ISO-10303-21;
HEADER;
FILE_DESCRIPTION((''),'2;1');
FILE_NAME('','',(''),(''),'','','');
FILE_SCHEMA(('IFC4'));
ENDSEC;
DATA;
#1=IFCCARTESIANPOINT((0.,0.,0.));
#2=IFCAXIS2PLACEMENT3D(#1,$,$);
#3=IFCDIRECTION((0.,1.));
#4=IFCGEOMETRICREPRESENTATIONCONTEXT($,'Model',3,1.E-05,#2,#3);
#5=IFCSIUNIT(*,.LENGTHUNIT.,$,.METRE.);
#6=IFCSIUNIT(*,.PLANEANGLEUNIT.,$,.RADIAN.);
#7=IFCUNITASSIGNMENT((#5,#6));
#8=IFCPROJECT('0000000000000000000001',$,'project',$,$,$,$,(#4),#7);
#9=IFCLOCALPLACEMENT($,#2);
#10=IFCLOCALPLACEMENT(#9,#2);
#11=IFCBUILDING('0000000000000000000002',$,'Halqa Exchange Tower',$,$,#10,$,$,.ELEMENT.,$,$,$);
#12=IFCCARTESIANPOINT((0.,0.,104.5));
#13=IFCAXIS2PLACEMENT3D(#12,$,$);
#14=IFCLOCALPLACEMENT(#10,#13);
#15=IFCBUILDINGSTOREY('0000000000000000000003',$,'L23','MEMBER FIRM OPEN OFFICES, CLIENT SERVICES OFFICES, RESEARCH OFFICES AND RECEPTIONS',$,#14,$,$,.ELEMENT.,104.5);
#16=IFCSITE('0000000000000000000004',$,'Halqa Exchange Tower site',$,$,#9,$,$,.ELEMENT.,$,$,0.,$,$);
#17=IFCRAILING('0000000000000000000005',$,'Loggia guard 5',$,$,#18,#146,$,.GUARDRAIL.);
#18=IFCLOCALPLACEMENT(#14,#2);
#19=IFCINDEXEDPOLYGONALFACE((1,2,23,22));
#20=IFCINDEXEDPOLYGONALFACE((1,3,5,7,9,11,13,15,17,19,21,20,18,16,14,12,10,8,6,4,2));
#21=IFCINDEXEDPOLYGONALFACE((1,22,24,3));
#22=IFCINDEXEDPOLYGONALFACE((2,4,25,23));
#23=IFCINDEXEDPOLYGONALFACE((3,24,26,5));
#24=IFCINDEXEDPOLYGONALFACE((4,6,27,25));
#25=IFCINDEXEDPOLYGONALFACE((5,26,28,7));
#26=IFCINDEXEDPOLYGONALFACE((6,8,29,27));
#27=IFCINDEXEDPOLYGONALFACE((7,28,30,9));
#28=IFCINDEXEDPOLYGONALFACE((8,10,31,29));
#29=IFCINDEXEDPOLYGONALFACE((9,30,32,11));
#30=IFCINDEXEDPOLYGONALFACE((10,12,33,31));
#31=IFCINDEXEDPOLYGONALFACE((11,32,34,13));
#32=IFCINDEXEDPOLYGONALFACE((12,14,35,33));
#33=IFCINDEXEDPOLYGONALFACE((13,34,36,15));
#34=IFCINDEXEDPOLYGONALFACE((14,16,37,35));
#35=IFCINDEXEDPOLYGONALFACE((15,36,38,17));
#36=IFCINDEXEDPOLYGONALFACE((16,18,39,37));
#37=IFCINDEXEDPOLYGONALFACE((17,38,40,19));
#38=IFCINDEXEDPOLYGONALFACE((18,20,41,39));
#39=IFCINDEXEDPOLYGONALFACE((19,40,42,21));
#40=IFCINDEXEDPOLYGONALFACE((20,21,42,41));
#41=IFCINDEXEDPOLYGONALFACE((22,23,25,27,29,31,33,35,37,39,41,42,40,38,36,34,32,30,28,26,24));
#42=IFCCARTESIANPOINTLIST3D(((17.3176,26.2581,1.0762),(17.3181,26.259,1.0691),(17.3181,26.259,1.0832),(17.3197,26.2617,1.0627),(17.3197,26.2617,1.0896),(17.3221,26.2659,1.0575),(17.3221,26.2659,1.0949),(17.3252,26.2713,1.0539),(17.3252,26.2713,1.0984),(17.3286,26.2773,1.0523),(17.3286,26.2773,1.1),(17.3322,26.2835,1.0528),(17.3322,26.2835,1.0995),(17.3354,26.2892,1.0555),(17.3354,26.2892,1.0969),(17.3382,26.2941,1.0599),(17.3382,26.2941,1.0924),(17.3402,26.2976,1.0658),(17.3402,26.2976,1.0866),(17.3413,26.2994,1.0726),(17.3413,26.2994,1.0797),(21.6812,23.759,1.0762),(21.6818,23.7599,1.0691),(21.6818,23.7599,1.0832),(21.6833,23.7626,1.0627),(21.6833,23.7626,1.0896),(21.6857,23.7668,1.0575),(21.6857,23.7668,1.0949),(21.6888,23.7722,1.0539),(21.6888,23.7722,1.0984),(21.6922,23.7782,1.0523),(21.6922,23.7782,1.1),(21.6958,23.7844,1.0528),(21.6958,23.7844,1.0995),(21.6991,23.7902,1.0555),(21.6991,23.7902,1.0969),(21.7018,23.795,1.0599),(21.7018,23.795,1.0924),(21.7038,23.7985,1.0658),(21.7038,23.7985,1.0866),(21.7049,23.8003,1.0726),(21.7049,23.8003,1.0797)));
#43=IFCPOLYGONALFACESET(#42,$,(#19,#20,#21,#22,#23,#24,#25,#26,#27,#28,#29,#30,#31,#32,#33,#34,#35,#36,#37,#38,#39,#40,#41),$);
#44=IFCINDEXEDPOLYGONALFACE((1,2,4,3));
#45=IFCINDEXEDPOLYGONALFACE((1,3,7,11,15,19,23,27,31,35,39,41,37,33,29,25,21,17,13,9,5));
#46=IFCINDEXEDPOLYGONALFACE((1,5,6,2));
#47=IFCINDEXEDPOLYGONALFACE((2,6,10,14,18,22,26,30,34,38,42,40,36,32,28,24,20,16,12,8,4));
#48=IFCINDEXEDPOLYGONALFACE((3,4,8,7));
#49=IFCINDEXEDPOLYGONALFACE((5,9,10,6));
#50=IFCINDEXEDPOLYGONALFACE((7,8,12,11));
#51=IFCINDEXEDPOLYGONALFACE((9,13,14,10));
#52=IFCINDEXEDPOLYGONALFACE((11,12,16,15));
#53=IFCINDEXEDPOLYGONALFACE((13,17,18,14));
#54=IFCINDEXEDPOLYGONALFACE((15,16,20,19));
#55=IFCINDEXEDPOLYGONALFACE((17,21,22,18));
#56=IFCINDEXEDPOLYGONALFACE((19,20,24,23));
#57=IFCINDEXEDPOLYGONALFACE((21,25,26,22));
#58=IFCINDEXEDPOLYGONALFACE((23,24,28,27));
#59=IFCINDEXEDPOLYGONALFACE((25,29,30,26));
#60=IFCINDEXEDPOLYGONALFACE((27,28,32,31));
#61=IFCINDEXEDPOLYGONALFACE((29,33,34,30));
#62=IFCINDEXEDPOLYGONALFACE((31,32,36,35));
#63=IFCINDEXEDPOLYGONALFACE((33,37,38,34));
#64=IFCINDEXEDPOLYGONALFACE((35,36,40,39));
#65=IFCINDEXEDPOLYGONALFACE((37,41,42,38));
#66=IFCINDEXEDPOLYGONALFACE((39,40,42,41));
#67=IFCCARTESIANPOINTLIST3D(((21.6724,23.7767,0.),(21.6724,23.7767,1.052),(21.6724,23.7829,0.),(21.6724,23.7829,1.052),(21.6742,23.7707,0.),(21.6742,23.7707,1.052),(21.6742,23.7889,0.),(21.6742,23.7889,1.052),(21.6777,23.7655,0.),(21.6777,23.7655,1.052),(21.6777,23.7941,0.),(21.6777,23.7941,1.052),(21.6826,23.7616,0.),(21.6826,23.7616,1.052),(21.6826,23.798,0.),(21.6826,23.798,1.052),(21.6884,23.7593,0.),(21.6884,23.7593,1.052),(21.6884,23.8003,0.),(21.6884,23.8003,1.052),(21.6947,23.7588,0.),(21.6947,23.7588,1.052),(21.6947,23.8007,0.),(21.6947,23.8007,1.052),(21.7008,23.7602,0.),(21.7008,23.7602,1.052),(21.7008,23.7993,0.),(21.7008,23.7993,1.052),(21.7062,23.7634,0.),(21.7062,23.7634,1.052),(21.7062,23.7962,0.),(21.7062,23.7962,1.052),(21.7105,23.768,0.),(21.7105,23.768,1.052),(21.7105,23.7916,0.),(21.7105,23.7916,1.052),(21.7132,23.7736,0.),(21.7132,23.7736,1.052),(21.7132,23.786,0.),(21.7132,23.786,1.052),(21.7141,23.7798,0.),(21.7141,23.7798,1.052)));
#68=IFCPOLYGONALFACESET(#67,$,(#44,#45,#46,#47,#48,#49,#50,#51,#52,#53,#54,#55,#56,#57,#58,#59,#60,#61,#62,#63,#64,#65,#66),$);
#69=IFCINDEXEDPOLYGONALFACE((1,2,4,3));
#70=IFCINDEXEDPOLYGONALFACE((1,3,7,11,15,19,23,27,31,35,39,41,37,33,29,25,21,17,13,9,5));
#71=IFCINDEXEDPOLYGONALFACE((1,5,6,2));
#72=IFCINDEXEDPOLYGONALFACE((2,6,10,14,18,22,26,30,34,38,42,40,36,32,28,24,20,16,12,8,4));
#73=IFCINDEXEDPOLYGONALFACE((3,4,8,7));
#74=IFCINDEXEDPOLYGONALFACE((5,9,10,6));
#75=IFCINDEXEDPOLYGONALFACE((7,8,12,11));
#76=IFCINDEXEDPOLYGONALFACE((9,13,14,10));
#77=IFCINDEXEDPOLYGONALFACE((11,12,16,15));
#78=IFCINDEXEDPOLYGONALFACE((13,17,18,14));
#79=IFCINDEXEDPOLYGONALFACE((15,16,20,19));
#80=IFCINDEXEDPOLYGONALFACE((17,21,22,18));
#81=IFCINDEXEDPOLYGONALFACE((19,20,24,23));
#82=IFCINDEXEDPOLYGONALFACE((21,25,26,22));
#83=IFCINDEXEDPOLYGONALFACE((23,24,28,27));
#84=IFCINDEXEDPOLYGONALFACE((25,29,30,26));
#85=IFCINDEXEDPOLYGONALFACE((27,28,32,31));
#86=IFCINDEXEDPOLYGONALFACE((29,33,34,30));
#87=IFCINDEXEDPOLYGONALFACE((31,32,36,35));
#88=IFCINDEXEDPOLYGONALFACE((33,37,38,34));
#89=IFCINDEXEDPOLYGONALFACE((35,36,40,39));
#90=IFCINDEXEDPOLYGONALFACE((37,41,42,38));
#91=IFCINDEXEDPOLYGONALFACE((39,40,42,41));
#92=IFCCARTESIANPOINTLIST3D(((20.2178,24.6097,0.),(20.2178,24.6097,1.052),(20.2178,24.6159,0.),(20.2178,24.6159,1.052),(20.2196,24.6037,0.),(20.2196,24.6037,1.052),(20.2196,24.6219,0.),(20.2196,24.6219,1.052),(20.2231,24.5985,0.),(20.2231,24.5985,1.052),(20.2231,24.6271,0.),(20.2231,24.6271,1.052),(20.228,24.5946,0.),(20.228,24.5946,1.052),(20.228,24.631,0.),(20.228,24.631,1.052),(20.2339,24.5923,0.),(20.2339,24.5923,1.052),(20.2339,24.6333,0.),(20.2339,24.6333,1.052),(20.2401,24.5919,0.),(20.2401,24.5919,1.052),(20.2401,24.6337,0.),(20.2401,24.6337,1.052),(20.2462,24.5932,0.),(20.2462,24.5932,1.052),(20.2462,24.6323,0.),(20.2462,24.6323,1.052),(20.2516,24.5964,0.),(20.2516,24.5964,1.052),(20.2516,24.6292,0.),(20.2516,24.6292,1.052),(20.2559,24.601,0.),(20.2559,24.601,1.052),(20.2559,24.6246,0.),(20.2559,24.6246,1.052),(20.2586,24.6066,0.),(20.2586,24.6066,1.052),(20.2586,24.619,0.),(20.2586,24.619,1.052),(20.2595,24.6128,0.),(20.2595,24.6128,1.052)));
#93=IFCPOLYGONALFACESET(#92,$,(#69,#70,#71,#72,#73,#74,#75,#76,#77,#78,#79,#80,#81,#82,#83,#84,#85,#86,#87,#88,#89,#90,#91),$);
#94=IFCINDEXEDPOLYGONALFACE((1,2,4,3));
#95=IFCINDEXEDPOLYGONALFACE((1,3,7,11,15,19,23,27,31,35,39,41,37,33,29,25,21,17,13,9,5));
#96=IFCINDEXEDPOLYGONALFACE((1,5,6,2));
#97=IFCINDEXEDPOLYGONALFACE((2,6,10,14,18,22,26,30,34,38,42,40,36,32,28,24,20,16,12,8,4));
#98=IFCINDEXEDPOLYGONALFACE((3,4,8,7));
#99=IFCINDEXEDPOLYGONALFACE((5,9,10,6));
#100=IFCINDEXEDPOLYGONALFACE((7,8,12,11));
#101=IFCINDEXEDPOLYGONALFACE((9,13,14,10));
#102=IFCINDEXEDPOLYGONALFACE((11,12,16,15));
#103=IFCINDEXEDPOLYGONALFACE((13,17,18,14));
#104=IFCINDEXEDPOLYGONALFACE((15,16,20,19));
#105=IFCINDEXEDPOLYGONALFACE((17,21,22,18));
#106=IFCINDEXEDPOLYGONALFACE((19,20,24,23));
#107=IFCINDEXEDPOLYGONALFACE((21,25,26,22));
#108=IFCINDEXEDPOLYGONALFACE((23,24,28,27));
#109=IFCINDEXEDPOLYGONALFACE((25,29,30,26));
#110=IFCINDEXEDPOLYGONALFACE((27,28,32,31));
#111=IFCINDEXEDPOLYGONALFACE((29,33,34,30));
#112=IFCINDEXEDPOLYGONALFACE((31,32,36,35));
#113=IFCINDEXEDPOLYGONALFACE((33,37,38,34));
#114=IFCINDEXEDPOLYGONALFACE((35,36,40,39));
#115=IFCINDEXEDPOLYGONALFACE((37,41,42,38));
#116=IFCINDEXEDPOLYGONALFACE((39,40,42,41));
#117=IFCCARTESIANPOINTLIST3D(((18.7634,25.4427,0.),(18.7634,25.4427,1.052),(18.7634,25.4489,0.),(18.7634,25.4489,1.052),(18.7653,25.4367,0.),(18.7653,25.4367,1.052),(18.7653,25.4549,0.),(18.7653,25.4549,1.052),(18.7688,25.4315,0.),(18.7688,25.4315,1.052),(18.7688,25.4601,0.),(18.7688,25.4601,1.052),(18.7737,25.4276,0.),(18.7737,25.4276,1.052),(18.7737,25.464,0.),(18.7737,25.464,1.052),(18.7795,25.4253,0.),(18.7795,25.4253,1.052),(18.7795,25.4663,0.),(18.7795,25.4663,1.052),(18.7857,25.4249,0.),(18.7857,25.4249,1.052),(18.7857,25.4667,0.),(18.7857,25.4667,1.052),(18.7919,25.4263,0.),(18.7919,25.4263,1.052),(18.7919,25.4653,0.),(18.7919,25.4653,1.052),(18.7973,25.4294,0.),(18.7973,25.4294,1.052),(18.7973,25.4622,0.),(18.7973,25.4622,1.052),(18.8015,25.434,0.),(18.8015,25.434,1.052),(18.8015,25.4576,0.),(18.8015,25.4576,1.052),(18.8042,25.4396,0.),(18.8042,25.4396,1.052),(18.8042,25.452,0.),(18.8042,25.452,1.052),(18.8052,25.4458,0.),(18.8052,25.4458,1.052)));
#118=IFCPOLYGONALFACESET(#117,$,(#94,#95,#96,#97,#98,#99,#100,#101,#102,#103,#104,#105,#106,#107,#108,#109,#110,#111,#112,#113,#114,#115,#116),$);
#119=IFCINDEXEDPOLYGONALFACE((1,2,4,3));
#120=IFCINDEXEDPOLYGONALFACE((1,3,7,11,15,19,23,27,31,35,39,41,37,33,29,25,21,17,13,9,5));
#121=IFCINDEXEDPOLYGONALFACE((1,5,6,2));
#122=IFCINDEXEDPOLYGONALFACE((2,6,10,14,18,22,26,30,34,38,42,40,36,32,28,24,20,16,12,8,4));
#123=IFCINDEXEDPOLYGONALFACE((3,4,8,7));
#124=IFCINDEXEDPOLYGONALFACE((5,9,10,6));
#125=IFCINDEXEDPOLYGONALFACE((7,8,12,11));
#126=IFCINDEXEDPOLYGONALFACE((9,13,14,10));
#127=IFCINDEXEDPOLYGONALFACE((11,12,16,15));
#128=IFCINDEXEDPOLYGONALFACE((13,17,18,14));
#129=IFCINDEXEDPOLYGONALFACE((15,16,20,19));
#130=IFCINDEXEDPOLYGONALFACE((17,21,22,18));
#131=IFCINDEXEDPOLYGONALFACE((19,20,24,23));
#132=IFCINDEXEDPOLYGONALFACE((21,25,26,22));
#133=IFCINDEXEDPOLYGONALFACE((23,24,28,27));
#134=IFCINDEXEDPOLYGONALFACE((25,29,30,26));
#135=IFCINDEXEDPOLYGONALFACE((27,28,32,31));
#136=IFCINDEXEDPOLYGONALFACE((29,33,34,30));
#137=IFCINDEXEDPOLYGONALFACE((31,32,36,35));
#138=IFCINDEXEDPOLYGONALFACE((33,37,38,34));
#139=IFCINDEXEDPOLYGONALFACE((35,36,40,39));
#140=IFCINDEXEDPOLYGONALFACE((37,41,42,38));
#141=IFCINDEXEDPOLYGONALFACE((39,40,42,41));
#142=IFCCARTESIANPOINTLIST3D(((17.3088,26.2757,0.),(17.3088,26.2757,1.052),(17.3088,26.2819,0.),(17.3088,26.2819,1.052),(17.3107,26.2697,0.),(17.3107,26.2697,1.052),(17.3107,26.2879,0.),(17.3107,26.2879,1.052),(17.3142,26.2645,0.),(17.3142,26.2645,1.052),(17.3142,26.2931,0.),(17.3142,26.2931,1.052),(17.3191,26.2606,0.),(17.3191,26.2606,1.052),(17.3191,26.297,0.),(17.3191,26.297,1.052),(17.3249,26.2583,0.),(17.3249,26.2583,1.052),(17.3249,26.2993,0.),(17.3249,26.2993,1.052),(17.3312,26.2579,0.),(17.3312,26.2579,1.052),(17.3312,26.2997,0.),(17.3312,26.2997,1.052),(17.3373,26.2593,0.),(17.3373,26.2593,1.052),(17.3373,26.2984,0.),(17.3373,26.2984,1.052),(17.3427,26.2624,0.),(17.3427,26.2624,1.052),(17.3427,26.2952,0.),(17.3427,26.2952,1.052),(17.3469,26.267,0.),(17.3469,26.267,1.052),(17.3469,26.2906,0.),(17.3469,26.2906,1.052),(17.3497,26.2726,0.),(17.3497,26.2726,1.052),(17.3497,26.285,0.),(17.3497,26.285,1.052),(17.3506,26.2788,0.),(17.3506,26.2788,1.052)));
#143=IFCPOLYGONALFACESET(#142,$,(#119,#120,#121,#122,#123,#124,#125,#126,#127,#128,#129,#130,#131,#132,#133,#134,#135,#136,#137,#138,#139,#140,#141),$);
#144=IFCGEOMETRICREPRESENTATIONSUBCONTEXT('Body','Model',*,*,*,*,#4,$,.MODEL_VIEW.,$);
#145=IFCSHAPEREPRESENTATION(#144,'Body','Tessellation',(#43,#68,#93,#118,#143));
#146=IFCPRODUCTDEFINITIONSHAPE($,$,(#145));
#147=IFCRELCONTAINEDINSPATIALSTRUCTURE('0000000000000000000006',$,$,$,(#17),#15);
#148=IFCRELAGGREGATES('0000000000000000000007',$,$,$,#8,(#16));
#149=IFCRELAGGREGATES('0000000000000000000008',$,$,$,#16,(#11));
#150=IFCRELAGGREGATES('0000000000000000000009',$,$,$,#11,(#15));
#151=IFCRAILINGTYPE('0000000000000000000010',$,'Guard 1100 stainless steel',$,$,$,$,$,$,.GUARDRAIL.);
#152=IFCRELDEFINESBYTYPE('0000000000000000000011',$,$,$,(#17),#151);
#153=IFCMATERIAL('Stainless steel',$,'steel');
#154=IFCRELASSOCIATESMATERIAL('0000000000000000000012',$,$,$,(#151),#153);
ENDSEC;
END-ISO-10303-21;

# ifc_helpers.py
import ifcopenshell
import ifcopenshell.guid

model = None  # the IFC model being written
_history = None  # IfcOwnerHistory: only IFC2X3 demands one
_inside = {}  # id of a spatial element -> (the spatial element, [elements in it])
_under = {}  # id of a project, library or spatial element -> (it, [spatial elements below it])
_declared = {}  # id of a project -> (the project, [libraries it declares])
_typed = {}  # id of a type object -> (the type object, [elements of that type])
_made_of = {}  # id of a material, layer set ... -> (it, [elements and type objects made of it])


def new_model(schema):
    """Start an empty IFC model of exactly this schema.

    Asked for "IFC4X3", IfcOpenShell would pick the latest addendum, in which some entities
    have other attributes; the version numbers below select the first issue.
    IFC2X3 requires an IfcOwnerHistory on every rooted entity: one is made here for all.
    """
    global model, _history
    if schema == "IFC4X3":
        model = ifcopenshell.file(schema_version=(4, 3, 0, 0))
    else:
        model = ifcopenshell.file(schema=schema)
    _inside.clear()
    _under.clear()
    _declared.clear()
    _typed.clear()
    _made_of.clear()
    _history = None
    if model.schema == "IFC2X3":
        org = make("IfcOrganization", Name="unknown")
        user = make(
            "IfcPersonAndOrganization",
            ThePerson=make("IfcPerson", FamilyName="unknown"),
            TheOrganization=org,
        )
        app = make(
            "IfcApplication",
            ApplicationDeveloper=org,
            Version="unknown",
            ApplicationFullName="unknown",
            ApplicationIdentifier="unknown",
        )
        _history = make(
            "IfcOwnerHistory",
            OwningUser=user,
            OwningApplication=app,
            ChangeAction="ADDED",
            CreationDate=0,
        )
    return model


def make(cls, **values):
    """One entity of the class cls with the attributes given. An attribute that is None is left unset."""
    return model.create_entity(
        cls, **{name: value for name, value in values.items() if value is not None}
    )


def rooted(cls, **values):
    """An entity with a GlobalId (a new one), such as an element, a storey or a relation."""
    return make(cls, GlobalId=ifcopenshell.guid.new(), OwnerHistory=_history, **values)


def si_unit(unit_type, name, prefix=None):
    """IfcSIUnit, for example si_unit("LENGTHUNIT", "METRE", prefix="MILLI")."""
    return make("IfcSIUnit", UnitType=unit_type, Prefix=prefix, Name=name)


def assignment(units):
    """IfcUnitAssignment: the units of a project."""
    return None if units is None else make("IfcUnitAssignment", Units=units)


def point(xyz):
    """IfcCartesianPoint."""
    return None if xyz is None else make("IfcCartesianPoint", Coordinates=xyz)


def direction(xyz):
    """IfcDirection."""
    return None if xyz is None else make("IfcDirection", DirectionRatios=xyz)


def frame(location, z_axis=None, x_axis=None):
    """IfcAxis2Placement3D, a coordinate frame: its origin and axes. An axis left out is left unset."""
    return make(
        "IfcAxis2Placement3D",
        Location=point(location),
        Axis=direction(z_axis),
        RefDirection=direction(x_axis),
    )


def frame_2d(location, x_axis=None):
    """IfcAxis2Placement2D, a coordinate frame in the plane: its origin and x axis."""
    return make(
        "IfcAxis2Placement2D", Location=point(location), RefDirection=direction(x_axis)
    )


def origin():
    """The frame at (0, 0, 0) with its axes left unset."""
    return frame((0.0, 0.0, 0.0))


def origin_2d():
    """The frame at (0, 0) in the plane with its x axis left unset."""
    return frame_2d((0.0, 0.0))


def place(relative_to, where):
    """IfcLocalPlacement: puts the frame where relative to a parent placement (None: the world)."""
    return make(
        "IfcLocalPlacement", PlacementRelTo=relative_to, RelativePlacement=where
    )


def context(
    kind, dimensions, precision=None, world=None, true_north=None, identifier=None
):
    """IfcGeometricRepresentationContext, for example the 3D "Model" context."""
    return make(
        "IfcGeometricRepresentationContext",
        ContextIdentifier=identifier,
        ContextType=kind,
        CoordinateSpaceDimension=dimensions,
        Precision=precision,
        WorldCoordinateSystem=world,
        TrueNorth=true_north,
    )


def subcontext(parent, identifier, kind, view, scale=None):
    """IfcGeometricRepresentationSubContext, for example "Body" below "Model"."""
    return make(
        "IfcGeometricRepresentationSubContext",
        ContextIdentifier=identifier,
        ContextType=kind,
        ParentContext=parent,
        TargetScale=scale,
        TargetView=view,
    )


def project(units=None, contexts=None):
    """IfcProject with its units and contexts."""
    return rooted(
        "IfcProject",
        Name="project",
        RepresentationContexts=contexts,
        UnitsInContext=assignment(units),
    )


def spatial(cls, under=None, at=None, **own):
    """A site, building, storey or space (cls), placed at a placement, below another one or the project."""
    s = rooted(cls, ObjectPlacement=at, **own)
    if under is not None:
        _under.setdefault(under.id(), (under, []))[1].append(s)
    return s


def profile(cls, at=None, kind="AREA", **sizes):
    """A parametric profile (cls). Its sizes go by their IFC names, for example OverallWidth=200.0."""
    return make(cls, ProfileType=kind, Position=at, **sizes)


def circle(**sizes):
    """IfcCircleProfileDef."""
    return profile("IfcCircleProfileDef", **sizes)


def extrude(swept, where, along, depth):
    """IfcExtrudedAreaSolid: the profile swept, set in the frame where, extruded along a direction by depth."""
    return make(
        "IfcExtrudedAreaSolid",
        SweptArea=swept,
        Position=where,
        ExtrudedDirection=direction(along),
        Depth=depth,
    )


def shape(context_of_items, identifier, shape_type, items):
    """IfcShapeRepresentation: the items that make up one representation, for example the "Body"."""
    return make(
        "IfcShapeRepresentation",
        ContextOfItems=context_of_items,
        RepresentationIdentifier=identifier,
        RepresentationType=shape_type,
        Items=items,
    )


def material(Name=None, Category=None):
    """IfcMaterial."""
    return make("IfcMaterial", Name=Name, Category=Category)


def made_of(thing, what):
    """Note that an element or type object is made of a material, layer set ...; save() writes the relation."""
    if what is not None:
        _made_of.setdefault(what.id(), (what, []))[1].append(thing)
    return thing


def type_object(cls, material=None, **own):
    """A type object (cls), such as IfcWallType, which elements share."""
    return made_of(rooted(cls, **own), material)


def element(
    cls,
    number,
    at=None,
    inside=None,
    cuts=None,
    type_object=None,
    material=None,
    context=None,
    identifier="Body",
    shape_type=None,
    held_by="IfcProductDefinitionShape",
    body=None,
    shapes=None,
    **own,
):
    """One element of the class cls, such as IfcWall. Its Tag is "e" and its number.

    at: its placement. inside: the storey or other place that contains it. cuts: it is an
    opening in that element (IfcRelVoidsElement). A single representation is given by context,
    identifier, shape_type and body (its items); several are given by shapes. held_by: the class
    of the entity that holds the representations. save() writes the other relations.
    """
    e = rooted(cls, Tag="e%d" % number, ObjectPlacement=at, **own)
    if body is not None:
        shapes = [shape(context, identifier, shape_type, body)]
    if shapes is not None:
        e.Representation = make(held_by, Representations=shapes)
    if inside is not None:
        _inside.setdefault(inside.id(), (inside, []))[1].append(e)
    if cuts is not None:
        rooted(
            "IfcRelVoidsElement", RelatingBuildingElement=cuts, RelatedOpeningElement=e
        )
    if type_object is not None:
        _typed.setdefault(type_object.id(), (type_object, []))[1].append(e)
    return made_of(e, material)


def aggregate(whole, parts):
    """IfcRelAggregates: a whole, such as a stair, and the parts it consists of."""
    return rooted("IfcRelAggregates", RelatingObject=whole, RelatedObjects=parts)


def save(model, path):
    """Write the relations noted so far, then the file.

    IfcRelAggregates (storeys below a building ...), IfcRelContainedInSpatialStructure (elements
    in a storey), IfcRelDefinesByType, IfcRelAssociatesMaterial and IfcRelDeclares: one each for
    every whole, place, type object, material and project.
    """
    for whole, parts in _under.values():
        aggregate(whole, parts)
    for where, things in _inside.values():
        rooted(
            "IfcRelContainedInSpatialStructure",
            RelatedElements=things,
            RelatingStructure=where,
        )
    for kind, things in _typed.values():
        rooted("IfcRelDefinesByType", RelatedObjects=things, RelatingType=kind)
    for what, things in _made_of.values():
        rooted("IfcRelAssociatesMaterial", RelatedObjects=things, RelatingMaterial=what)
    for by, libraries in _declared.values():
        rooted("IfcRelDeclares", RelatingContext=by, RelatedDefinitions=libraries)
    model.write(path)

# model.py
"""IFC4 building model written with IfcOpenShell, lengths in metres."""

from ifc_helpers import new_model, si_unit, direction, frame, origin, origin_2d, place, context, subcontext, project, spatial, circle, extrude, material, type_object, element, save


model = new_model("IFC4")

# Units and contexts
model_context = context("Model", 3, precision=1e-05, world=origin(), true_north=direction((0.0, 1.0)))
body_context = subcontext(model_context, "Body", "Model", "MODEL_VIEW")
ifc_project = project(units=[si_unit("LENGTHUNIT", "METRE"), si_unit("PLANEANGLEUNIT", "RADIAN")], contexts=[model_context])

# Site, building, storey
site_placement = place(None, origin())
site = spatial("IfcSite", under=ifc_project, at=site_placement, Name="Halqa Exchange Tower site", CompositionType="ELEMENT", RefElevation=0.0)
building_placement = place(site_placement, origin())
building = spatial("IfcBuilding", under=site, at=building_placement, Name="Halqa Exchange Tower", CompositionType="ELEMENT")
storey_placement = place(building_placement, frame((0.0, 0.0, 104.5)))
storey = spatial("IfcBuildingStorey", under=building, at=storey_placement, Name="L23", Description="MEMBER FIRM OPEN OFFICES, CLIENT SERVICES OFFICES, RESEARCH OFFICES AND RECEPTIONS", CompositionType="ELEMENT", Elevation=104.5)

# Railing
ifc_material_1 = material(Name="Stainless steel", Category="steel")
railing_type = type_object("IfcRailingType", Name="Guard 1100 stainless steel", PredefinedType="GUARDRAIL", material=ifc_material_1)
railing_1_placement = place(storey_placement, frame((21.6931, 23.7798, 0.0)))
element("IfcRailing", 1, at=railing_1_placement, inside=storey, type_object=railing_type, Name="Loggia guard 5", PredefinedType="GUARDRAIL", context=body_context, shape_type="SweptSolid", body=[
    extrude(circle(Radius=0.0239, at=origin_2d()), frame((0.0, 0.0, 1.0762), z_axis=(-0.867765, 0.496975, 0.0), x_axis=(-0.496975, -0.867765, 0.0)), (0.0, 0.0, 1.0), 5.0286),
    extrude(circle(Radius=0.021, at=origin_2d()), origin(), (0.0, 0.0, 1.0), 1.052),
    extrude(circle(Radius=0.021, at=origin_2d()), frame((-1.4546, 0.833, 0.0)), (0.0, 0.0, 1.0), 1.052),
    extrude(circle(Radius=0.021, at=origin_2d()), frame((-2.9089, 1.666, 0.0)), (0.0, 0.0, 1.0), 1.052),
    extrude(circle(Radius=0.021, at=origin_2d()), frame((-4.3635, 2.499, 0.0)), (0.0, 0.0, 1.0), 1.052),
])

save(model, "model.ifc")
